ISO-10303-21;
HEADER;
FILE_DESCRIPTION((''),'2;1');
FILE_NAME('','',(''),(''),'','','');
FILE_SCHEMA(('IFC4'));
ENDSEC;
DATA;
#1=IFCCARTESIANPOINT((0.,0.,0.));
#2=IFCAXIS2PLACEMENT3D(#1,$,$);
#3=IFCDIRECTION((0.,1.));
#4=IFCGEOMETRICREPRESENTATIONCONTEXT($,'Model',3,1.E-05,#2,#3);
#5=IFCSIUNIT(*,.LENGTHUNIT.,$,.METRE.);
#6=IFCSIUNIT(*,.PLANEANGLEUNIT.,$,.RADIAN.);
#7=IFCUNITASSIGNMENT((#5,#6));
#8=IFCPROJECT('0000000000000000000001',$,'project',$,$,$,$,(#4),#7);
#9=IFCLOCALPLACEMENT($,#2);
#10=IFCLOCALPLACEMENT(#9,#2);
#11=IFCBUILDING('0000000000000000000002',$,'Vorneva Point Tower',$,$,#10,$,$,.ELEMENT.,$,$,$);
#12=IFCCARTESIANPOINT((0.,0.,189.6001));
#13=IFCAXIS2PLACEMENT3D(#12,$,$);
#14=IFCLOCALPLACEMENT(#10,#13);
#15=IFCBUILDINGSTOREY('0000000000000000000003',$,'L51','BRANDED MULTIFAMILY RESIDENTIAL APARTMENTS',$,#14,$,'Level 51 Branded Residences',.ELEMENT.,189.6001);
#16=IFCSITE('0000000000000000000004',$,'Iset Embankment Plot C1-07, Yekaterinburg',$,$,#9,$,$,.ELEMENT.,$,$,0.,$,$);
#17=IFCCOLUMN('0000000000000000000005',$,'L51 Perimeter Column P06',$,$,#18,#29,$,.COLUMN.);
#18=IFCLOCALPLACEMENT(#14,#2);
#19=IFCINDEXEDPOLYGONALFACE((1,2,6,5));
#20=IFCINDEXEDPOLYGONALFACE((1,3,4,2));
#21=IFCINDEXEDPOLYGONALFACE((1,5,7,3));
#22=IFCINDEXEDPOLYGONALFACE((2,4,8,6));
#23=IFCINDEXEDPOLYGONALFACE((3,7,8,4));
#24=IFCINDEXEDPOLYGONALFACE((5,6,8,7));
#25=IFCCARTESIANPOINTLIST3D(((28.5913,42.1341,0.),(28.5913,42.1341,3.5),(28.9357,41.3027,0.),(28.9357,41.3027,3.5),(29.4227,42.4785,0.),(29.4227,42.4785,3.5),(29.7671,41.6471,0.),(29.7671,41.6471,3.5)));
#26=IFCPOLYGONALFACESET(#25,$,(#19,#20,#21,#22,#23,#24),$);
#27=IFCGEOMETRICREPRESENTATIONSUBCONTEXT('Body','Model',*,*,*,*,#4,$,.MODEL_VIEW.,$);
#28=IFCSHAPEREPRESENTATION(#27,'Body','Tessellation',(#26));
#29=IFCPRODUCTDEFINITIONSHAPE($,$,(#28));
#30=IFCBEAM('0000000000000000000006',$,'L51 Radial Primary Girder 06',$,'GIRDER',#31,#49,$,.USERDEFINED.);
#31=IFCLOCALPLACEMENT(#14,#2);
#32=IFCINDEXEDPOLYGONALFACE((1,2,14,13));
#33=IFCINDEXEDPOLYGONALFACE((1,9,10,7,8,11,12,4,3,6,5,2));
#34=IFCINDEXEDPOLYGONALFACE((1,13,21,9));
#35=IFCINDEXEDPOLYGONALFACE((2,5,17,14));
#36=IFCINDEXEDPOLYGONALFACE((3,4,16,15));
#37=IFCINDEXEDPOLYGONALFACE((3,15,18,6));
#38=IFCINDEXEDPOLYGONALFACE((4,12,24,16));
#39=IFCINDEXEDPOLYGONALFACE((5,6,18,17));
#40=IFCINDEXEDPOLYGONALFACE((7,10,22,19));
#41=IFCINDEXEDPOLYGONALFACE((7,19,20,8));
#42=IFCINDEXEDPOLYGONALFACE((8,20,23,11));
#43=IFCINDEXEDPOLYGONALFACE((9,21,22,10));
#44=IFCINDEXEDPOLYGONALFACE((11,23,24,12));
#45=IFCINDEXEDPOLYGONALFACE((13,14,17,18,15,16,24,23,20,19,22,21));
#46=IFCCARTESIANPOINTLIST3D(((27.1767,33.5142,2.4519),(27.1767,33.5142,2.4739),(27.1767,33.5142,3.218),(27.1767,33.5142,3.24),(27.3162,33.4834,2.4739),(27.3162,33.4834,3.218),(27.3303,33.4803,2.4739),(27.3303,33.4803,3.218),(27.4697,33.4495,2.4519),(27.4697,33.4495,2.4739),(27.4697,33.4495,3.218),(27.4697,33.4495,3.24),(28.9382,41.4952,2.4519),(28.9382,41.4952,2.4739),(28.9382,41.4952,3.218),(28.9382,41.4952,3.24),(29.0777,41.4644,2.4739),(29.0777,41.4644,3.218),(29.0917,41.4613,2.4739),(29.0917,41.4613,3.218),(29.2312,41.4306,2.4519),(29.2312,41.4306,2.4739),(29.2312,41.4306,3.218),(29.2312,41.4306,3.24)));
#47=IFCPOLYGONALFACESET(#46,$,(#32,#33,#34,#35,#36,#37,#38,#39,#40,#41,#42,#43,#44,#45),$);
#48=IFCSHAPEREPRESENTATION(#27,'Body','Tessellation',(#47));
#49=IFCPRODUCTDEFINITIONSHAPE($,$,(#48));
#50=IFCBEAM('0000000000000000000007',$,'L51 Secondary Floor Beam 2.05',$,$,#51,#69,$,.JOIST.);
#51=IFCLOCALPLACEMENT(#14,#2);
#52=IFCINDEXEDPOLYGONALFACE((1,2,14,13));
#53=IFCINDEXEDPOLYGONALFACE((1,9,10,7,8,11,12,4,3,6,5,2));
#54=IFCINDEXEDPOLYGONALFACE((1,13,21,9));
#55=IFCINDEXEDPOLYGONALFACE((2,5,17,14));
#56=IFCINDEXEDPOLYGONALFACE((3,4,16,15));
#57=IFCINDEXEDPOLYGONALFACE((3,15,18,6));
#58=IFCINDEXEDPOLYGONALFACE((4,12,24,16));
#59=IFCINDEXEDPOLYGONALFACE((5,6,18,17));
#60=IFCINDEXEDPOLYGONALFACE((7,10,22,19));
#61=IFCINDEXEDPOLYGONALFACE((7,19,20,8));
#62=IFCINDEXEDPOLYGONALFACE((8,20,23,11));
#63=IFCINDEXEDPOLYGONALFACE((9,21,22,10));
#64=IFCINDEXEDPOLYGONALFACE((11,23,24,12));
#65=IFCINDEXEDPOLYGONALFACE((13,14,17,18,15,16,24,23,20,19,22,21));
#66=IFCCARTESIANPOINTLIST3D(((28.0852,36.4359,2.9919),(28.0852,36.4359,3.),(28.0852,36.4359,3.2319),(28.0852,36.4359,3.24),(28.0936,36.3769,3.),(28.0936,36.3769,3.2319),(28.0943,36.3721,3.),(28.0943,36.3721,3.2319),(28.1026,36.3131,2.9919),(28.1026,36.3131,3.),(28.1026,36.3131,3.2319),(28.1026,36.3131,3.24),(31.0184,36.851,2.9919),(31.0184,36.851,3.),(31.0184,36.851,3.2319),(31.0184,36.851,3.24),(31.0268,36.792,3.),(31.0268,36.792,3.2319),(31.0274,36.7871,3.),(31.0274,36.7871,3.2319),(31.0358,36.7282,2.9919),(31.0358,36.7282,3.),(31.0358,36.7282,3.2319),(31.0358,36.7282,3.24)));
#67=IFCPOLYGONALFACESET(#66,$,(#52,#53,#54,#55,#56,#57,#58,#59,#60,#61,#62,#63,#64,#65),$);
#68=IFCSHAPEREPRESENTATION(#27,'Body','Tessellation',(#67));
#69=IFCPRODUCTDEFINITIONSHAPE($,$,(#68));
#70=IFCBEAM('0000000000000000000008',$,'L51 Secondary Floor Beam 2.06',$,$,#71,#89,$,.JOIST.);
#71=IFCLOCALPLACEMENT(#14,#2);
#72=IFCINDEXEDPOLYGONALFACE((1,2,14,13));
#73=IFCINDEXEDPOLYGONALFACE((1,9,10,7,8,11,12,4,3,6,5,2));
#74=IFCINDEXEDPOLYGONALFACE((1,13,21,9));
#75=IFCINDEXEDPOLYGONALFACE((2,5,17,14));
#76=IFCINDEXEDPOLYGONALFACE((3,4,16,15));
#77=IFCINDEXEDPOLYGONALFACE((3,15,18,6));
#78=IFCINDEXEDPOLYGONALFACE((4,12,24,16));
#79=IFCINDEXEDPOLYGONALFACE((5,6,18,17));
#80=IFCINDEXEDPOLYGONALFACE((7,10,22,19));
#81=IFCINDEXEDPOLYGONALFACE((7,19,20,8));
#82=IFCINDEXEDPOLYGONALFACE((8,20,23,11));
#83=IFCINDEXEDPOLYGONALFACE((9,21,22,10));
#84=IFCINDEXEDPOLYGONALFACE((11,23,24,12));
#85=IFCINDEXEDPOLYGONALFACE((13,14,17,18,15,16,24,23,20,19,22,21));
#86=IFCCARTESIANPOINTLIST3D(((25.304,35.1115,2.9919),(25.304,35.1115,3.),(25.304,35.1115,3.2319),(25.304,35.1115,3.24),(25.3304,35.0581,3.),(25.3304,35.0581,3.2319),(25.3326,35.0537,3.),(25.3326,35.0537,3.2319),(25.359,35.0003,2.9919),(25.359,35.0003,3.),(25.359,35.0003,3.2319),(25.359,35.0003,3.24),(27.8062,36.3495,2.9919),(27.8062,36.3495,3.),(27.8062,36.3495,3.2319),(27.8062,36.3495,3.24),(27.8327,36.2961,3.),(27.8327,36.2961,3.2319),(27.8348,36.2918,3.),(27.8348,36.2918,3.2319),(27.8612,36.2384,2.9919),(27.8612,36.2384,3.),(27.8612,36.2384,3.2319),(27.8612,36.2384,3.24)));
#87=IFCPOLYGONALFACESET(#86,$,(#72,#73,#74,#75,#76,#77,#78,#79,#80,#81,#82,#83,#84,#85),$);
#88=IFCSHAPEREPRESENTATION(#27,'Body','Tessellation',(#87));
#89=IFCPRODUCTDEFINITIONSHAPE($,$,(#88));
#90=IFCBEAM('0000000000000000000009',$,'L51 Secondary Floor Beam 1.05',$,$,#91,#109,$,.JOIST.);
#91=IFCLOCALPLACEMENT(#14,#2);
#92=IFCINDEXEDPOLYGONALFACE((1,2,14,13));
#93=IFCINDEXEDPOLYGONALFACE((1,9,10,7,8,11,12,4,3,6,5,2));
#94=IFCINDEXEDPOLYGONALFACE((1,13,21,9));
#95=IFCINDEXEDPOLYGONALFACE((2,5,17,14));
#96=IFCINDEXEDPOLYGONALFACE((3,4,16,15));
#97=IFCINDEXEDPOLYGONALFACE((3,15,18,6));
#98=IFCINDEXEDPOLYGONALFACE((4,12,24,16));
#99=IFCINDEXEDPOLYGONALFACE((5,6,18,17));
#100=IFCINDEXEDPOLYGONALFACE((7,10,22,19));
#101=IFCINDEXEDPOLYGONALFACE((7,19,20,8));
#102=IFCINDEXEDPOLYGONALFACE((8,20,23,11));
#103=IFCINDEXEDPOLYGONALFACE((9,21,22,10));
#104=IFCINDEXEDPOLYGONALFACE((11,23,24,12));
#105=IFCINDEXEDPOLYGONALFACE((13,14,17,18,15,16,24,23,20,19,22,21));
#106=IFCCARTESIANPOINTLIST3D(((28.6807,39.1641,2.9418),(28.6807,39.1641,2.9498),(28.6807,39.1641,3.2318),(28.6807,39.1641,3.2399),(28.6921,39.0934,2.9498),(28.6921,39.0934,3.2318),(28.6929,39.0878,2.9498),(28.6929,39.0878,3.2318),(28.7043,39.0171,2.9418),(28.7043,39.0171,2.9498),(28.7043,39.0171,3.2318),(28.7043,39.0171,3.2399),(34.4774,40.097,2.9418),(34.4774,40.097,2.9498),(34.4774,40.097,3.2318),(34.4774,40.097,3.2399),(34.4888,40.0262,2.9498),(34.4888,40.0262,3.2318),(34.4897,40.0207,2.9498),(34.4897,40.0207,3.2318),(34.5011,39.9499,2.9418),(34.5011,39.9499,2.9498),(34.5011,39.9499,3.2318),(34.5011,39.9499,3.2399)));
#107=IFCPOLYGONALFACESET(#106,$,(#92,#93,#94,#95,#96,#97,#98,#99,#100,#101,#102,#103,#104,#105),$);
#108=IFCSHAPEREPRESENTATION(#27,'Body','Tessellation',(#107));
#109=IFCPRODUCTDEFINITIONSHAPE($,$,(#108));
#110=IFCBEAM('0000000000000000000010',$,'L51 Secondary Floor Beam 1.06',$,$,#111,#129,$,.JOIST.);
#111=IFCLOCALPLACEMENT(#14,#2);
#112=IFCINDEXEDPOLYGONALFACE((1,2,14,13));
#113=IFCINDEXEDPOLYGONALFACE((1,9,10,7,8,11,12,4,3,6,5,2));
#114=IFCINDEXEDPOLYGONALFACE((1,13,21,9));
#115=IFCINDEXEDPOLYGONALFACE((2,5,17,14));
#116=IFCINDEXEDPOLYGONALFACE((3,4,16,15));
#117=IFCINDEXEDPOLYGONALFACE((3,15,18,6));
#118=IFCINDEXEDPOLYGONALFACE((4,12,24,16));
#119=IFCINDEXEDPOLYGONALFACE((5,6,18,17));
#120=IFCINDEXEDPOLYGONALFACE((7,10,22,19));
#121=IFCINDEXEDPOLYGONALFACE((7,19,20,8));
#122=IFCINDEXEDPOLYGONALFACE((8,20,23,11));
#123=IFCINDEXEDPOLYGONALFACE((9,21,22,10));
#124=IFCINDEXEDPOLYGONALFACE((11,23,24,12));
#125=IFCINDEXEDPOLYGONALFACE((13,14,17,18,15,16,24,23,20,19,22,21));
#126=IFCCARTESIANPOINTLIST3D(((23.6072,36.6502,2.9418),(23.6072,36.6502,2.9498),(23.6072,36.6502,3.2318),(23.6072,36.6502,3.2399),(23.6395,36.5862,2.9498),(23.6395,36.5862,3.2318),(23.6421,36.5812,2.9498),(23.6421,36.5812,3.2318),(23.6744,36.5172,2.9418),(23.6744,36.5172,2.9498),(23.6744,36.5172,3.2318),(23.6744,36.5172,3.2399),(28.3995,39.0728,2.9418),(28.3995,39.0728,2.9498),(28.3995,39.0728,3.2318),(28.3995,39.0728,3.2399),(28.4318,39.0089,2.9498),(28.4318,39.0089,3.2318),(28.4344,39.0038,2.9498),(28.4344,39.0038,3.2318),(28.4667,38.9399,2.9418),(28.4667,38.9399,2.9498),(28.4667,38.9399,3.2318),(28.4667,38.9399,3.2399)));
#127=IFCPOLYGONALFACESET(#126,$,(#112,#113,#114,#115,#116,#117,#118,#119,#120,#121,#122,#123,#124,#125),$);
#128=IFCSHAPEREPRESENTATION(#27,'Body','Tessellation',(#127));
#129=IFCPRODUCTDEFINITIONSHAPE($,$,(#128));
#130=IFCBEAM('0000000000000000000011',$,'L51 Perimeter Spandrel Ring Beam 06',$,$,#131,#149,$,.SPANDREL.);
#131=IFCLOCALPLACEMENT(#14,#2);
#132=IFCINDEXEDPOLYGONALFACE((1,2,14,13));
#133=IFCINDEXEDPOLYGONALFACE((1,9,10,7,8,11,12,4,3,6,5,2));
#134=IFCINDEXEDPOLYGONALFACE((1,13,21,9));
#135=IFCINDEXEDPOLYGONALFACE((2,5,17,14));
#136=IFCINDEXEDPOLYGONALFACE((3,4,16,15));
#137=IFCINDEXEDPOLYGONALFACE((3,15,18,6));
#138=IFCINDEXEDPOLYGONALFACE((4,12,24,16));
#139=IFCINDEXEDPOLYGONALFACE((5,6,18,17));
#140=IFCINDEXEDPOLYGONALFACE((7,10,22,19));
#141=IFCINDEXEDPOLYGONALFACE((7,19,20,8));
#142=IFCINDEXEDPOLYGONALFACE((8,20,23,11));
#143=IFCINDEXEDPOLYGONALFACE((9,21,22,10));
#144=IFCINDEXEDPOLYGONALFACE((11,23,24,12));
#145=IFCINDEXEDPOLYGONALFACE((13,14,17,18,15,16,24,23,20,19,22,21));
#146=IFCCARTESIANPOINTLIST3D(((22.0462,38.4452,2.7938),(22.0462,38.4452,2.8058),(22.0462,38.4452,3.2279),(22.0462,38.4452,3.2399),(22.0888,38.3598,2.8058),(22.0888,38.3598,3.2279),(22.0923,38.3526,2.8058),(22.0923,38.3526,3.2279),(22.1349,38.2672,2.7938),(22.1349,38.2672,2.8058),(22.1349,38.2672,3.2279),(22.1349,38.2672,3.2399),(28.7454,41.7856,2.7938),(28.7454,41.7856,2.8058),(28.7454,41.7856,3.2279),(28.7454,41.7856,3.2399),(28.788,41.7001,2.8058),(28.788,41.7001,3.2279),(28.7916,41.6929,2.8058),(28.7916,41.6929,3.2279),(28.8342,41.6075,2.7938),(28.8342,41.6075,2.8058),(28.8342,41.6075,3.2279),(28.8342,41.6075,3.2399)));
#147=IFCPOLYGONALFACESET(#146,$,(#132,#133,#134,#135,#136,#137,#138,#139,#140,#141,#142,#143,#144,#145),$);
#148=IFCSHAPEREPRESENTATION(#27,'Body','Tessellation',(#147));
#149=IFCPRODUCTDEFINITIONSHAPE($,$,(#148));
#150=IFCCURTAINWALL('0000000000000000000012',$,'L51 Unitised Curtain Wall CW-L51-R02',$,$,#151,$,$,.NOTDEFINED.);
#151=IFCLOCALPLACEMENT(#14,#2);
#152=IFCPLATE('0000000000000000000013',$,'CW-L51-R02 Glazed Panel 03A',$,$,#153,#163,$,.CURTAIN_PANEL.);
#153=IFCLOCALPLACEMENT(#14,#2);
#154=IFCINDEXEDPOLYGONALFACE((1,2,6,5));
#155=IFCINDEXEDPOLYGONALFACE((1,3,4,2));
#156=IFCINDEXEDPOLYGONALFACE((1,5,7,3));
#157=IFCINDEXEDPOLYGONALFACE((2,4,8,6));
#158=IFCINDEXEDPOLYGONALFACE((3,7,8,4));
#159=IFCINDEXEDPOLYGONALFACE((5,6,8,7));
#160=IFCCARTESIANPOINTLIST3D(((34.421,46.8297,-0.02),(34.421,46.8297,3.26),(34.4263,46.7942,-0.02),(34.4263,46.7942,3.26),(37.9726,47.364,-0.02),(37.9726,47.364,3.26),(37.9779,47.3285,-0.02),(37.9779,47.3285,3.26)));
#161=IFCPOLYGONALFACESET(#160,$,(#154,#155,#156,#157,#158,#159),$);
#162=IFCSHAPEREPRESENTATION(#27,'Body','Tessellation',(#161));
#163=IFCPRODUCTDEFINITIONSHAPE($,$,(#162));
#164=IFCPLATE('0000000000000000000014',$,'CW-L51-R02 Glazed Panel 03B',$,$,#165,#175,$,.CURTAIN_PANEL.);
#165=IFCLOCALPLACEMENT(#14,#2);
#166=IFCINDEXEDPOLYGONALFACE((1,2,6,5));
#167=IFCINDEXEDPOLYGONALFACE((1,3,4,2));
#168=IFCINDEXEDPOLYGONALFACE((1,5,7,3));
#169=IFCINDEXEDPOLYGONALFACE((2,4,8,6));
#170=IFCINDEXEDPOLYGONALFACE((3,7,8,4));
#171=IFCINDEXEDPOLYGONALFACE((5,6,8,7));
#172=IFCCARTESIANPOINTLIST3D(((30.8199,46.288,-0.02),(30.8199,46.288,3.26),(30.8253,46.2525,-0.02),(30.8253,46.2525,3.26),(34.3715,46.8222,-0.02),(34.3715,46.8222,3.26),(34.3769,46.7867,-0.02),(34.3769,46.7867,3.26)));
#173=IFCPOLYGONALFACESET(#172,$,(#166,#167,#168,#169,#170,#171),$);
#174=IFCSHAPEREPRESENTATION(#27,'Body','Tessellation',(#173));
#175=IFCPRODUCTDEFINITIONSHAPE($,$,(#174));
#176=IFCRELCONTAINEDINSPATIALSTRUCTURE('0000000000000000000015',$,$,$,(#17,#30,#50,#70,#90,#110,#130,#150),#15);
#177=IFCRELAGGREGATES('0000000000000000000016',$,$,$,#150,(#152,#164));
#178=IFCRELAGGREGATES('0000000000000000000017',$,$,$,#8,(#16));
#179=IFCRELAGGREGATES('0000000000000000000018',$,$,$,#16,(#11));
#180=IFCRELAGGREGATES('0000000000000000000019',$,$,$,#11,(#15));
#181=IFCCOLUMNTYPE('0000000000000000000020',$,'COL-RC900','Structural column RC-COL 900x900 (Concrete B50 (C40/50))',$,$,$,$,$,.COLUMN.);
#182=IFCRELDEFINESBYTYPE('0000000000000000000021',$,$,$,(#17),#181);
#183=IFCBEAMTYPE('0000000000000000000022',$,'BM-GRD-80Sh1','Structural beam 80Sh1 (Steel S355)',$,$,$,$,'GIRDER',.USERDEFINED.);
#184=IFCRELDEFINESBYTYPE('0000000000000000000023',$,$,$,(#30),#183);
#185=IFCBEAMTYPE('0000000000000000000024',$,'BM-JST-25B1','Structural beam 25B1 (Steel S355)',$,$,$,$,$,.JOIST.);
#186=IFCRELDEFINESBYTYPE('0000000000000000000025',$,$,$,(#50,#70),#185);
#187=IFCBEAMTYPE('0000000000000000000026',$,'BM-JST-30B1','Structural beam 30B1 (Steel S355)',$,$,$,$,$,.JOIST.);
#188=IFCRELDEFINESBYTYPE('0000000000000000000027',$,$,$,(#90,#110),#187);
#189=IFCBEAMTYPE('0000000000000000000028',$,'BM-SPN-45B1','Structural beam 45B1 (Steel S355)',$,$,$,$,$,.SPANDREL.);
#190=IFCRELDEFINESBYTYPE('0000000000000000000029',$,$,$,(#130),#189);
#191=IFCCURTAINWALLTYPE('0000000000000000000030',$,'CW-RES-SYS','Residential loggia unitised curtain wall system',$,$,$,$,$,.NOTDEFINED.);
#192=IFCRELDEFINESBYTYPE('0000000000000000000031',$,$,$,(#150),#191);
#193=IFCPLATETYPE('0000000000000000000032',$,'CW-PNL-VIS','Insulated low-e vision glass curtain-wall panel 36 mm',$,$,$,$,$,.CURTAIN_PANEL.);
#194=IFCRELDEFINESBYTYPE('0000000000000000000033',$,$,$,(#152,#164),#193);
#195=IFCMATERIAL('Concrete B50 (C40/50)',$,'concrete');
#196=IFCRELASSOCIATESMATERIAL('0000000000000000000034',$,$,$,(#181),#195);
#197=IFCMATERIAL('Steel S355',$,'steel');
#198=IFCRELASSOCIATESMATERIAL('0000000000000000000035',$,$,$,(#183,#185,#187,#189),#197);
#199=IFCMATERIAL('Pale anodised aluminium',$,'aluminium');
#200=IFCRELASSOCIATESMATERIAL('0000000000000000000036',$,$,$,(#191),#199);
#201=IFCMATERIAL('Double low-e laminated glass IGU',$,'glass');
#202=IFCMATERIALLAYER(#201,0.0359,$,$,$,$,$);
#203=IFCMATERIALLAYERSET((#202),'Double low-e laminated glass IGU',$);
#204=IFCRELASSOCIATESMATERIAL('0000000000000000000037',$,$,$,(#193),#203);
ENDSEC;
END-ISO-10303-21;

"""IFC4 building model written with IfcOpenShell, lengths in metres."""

from ifc_helpers import new_model, si_unit, direction, frame, origin, origin_2d, place, context, subcontext, project, spatial, rectangle, i_section, extrude, material, layer, layer_set, material_profile, profile_set, type_object, element, aggregate, save


model = new_model("IFC4")

# Units and contexts
model_context = context("Model", 3, precision=1e-05, world=origin(), true_north=direction((0.0, 1.0)))
body_context = subcontext(model_context, "Body", "Model", "MODEL_VIEW")
ifc_project = project(units=[si_unit("LENGTHUNIT", "METRE"), si_unit("PLANEANGLEUNIT", "RADIAN")], contexts=[model_context])

# Site, building, storey
site_placement = place(None, origin())
site = spatial("IfcSite", under=ifc_project, at=site_placement, Name="Iset Embankment Plot C1-07, Yekaterinburg", CompositionType="ELEMENT", RefElevation=0.0)
building_placement = place(site_placement, origin())
building = spatial("IfcBuilding", under=site, at=building_placement, Name="Vorneva Point Tower", CompositionType="ELEMENT")
storey_placement = place(building_placement, frame((0.0, 0.0, 189.6001)))
storey = spatial("IfcBuildingStorey", under=building, at=storey_placement, Name="L51", Description="BRANDED MULTIFAMILY RESIDENTIAL APARTMENTS", LongName="Level 51 Branded Residences", CompositionType="ELEMENT", Elevation=189.6001)

# Column
ifc_material_1 = material(Name="Concrete B50 (C40/50)", Category="concrete")
ifc_material_profile_1 = material_profile(ifc_material_1, rectangle(XDim=0.8999, YDim=0.8999, at=origin_2d()), Name="RC-COL 900x900")
ifc_profile_set_1 = profile_set([ifc_material_profile_1], Name="Concrete B50 (C40/50)")
column_type = type_object("IfcColumnType", Name="COL-RC900", Description="Structural column RC-COL 900x900 (Concrete B50 (C40/50))", PredefinedType="COLUMN", material=ifc_profile_set_1)
column_placement = place(storey_placement, frame((29.1792, 41.8906, 0.0), z_axis=(0.0, 0.0, 1.0), x_axis=(-0.382683, 0.92388, 0.0)))
element("IfcColumn", 1, at=column_placement, inside=storey, type_object=column_type, Name="L51 Perimeter Column P06", PredefinedType="COLUMN", context=body_context, shape_type="SweptSolid", body=[
    extrude(rectangle(XDim=0.8999, YDim=0.8999, at=origin_2d()), origin(), (0.0, 0.0, 1.0), 3.5),
])

# Beams
ifc_material_2 = material(Name="Steel S355", Category="steel")
ifc_material_profile_2 = material_profile(ifc_material_2, i_section(OverallWidth=0.3, OverallDepth=0.7881, WebThickness=0.0144, FlangeThickness=0.022, at=origin_2d()), Name="80Sh1")
ifc_profile_set_2 = profile_set([ifc_material_profile_2], Name="Steel S355")
beam_type_1 = type_object("IfcBeamType", Name="BM-GRD-80Sh1", Description="Structural beam 80Sh1 (Steel S355)", ElementType="GIRDER", PredefinedType="USERDEFINED", material=ifc_profile_set_2)
beam_1_placement = place(storey_placement, frame((29.0847, 41.4629, 2.8459), z_axis=(-0.215523, -0.976499, 0.0), x_axis=(0.976499, -0.215523, 0.0)))
element("IfcBeam", 2, at=beam_1_placement, inside=storey, type_object=beam_type_1, Name="L51 Radial Primary Girder 06", ObjectType="GIRDER", PredefinedType="USERDEFINED", context=body_context, shape_type="SweptSolid", body=[
    extrude(i_section(OverallWidth=0.3, OverallDepth=0.7881, WebThickness=0.0144, FlangeThickness=0.022, at=origin_2d()), origin(), (0.0, 0.0, 1.0), 8.1731),
])
ifc_material_profile_3 = material_profile(ifc_material_2, i_section(OverallWidth=0.124, OverallDepth=0.248, WebThickness=0.0049, FlangeThickness=0.0081, at=origin_2d()), Name="25B1")
ifc_profile_set_3 = profile_set([ifc_material_profile_3], Name="Steel S355")
beam_type_2 = type_object("IfcBeamType", Name="BM-JST-25B1", Description="Structural beam 25B1 (Steel S355)", PredefinedType="JOIST", material=ifc_profile_set_3)
beam_2_placement = place(storey_placement, frame((31.0271, 36.7896, 3.116), z_axis=(-0.990137, -0.140106, 0.0), x_axis=(0.140106, -0.990137, 0.0)))
element("IfcBeam", 3, at=beam_2_placement, inside=storey, type_object=beam_type_2, Name="L51 Secondary Floor Beam 2.05", PredefinedType="JOIST", context=body_context, shape_type="SweptSolid", body=[
    extrude(i_section(OverallWidth=0.124, OverallDepth=0.248, WebThickness=0.0049, FlangeThickness=0.0081, at=origin_2d()), origin(), (0.0, 0.0, 1.0), 2.9624),
])
beam_3_placement = place(storey_placement, frame((27.8337, 36.2939, 3.116), z_axis=(-0.896291, -0.443467, 0.0), x_axis=(0.443467, -0.896291, 0.0)))
element("IfcBeam", 4, at=beam_3_placement, inside=storey, type_object=beam_type_2, Name="L51 Secondary Floor Beam 2.06", PredefinedType="JOIST", context=body_context, shape_type="SweptSolid", body=[
    extrude(i_section(OverallWidth=0.124, OverallDepth=0.248, WebThickness=0.0049, FlangeThickness=0.0081, at=origin_2d()), origin(), (0.0, 0.0, 1.0), 2.7917),
])
ifc_material_profile_4 = material_profile(ifc_material_2, i_section(OverallWidth=0.1489, OverallDepth=0.2981, WebThickness=0.0056, FlangeThickness=0.0081, at=origin_2d()), Name="30B1")
ifc_profile_set_4 = profile_set([ifc_material_profile_4], Name="Steel S355")
beam_type_3 = type_object("IfcBeamType", Name="BM-JST-30B1", Description="Structural beam 30B1 (Steel S355)", PredefinedType="JOIST", material=ifc_profile_set_4)
beam_4_placement = place(storey_placement, frame((34.4893, 40.0234, 3.0908), z_axis=(-0.987298, -0.158881, 0.0), x_axis=(0.158881, -0.987298, 0.0)))
element("IfcBeam", 5, at=beam_4_placement, inside=storey, type_object=beam_type_3, Name="L51 Secondary Floor Beam 1.05", PredefinedType="JOIST", context=body_context, shape_type="SweptSolid", body=[
    extrude(i_section(OverallWidth=0.1489, OverallDepth=0.2981, WebThickness=0.0056, FlangeThickness=0.0081, at=origin_2d()), origin(), (0.0, 0.0, 1.0), 5.8713),
])
beam_5_placement = place(storey_placement, frame((28.4331, 39.0063, 3.0908), z_axis=(-0.892445, -0.451156, 0.0), x_axis=(0.451156, -0.892445, 0.0)))
element("IfcBeam", 6, at=beam_5_placement, inside=storey, type_object=beam_type_3, Name="L51 Secondary Floor Beam 1.06", PredefinedType="JOIST", context=body_context, shape_type="SweptSolid", body=[
    extrude(i_section(OverallWidth=0.1489, OverallDepth=0.2981, WebThickness=0.0056, FlangeThickness=0.0081, at=origin_2d()), origin(), (0.0, 0.0, 1.0), 5.3699),
])
ifc_material_profile_5 = material_profile(ifc_material_2, i_section(OverallWidth=0.199, OverallDepth=0.446, WebThickness=0.0081, FlangeThickness=0.012, at=origin_2d()), Name="45B1")
ifc_profile_set_5 = profile_set([ifc_material_profile_5], Name="Steel S355")
beam_type_4 = type_object("IfcBeamType", Name="BM-SPN-45B1", Description="Structural beam 45B1 (Steel S355)", PredefinedType="SPANDREL", material=ifc_profile_set_5)
beam_6_placement = place(storey_placement, frame((28.7898, 41.6965, 3.0168), z_axis=(-0.894922, -0.446222, 0.0), x_axis=(0.446222, -0.894922, 0.0)))
element("IfcBeam", 7, at=beam_6_placement, inside=storey, type_object=beam_type_4, Name="L51 Perimeter Spandrel Ring Beam 06", PredefinedType="SPANDREL", context=body_context, shape_type="SweptSolid", body=[
    extrude(i_section(OverallWidth=0.199, OverallDepth=0.446, WebThickness=0.0081, FlangeThickness=0.012, at=origin_2d()), origin(), (0.0, 0.0, 1.0), 7.4858),
])

# Curtain wall, plates
ifc_material_3 = material(Name="Pale anodised aluminium", Category="aluminium")
curtain_wall_type = type_object("IfcCurtainWallType", Name="CW-RES-SYS", Description="Residential loggia unitised curtain wall system", PredefinedType="NOTDEFINED", material=ifc_material_3)
curtain_wall_placement = place(storey_placement, origin())
curtain_wall = element("IfcCurtainWall", 8, at=curtain_wall_placement, inside=storey, type_object=curtain_wall_type, Name="L51 Unitised Curtain Wall CW-L51-R02", PredefinedType="NOTDEFINED")
ifc_material_4 = material(Name="Double low-e laminated glass IGU", Category="glass")
ifc_layer_1 = layer(ifc_material_4, 0.0359)
ifc_layer_set_1 = layer_set([ifc_layer_1], Name="Double low-e laminated glass IGU")
plate_type = type_object("IfcPlateType", Name="CW-PNL-VIS", Description="Insulated low-e vision glass curtain-wall panel 36 mm", PredefinedType="CURTAIN_PANEL", material=ifc_layer_set_1)
plate_1_placement = place(storey_placement, frame((36.1995, 47.0791, -0.02), z_axis=(0.0, 0.0, 1.0), x_axis=(-0.988874, -0.148759, 0.0)))
plate_1 = element("IfcPlate", 9, at=plate_1_placement, type_object=plate_type, Name="CW-L51-R02 Glazed Panel 03A", PredefinedType="CURTAIN_PANEL", context=body_context, shape_type="SweptSolid", body=[
    extrude(rectangle(XDim=3.5916, YDim=0.0359, at=origin_2d()), origin(), (0.0, 0.0, 1.0), 3.28),
])
plate_2_placement = place(storey_placement, frame((32.5984, 46.5374, -0.02), z_axis=(0.0, 0.0, 1.0), x_axis=(-0.988874, -0.148759, 0.0)))
plate_2 = element("IfcPlate", 10, at=plate_2_placement, type_object=plate_type, Name="CW-L51-R02 Glazed Panel 03B", PredefinedType="CURTAIN_PANEL", context=body_context, shape_type="SweptSolid", body=[
    extrude(rectangle(XDim=3.5916, YDim=0.0359, at=origin_2d()), origin(), (0.0, 0.0, 1.0), 3.28),
])
aggregate(curtain_wall, [plate_1, plate_2])

save(model, "model.ifc")
